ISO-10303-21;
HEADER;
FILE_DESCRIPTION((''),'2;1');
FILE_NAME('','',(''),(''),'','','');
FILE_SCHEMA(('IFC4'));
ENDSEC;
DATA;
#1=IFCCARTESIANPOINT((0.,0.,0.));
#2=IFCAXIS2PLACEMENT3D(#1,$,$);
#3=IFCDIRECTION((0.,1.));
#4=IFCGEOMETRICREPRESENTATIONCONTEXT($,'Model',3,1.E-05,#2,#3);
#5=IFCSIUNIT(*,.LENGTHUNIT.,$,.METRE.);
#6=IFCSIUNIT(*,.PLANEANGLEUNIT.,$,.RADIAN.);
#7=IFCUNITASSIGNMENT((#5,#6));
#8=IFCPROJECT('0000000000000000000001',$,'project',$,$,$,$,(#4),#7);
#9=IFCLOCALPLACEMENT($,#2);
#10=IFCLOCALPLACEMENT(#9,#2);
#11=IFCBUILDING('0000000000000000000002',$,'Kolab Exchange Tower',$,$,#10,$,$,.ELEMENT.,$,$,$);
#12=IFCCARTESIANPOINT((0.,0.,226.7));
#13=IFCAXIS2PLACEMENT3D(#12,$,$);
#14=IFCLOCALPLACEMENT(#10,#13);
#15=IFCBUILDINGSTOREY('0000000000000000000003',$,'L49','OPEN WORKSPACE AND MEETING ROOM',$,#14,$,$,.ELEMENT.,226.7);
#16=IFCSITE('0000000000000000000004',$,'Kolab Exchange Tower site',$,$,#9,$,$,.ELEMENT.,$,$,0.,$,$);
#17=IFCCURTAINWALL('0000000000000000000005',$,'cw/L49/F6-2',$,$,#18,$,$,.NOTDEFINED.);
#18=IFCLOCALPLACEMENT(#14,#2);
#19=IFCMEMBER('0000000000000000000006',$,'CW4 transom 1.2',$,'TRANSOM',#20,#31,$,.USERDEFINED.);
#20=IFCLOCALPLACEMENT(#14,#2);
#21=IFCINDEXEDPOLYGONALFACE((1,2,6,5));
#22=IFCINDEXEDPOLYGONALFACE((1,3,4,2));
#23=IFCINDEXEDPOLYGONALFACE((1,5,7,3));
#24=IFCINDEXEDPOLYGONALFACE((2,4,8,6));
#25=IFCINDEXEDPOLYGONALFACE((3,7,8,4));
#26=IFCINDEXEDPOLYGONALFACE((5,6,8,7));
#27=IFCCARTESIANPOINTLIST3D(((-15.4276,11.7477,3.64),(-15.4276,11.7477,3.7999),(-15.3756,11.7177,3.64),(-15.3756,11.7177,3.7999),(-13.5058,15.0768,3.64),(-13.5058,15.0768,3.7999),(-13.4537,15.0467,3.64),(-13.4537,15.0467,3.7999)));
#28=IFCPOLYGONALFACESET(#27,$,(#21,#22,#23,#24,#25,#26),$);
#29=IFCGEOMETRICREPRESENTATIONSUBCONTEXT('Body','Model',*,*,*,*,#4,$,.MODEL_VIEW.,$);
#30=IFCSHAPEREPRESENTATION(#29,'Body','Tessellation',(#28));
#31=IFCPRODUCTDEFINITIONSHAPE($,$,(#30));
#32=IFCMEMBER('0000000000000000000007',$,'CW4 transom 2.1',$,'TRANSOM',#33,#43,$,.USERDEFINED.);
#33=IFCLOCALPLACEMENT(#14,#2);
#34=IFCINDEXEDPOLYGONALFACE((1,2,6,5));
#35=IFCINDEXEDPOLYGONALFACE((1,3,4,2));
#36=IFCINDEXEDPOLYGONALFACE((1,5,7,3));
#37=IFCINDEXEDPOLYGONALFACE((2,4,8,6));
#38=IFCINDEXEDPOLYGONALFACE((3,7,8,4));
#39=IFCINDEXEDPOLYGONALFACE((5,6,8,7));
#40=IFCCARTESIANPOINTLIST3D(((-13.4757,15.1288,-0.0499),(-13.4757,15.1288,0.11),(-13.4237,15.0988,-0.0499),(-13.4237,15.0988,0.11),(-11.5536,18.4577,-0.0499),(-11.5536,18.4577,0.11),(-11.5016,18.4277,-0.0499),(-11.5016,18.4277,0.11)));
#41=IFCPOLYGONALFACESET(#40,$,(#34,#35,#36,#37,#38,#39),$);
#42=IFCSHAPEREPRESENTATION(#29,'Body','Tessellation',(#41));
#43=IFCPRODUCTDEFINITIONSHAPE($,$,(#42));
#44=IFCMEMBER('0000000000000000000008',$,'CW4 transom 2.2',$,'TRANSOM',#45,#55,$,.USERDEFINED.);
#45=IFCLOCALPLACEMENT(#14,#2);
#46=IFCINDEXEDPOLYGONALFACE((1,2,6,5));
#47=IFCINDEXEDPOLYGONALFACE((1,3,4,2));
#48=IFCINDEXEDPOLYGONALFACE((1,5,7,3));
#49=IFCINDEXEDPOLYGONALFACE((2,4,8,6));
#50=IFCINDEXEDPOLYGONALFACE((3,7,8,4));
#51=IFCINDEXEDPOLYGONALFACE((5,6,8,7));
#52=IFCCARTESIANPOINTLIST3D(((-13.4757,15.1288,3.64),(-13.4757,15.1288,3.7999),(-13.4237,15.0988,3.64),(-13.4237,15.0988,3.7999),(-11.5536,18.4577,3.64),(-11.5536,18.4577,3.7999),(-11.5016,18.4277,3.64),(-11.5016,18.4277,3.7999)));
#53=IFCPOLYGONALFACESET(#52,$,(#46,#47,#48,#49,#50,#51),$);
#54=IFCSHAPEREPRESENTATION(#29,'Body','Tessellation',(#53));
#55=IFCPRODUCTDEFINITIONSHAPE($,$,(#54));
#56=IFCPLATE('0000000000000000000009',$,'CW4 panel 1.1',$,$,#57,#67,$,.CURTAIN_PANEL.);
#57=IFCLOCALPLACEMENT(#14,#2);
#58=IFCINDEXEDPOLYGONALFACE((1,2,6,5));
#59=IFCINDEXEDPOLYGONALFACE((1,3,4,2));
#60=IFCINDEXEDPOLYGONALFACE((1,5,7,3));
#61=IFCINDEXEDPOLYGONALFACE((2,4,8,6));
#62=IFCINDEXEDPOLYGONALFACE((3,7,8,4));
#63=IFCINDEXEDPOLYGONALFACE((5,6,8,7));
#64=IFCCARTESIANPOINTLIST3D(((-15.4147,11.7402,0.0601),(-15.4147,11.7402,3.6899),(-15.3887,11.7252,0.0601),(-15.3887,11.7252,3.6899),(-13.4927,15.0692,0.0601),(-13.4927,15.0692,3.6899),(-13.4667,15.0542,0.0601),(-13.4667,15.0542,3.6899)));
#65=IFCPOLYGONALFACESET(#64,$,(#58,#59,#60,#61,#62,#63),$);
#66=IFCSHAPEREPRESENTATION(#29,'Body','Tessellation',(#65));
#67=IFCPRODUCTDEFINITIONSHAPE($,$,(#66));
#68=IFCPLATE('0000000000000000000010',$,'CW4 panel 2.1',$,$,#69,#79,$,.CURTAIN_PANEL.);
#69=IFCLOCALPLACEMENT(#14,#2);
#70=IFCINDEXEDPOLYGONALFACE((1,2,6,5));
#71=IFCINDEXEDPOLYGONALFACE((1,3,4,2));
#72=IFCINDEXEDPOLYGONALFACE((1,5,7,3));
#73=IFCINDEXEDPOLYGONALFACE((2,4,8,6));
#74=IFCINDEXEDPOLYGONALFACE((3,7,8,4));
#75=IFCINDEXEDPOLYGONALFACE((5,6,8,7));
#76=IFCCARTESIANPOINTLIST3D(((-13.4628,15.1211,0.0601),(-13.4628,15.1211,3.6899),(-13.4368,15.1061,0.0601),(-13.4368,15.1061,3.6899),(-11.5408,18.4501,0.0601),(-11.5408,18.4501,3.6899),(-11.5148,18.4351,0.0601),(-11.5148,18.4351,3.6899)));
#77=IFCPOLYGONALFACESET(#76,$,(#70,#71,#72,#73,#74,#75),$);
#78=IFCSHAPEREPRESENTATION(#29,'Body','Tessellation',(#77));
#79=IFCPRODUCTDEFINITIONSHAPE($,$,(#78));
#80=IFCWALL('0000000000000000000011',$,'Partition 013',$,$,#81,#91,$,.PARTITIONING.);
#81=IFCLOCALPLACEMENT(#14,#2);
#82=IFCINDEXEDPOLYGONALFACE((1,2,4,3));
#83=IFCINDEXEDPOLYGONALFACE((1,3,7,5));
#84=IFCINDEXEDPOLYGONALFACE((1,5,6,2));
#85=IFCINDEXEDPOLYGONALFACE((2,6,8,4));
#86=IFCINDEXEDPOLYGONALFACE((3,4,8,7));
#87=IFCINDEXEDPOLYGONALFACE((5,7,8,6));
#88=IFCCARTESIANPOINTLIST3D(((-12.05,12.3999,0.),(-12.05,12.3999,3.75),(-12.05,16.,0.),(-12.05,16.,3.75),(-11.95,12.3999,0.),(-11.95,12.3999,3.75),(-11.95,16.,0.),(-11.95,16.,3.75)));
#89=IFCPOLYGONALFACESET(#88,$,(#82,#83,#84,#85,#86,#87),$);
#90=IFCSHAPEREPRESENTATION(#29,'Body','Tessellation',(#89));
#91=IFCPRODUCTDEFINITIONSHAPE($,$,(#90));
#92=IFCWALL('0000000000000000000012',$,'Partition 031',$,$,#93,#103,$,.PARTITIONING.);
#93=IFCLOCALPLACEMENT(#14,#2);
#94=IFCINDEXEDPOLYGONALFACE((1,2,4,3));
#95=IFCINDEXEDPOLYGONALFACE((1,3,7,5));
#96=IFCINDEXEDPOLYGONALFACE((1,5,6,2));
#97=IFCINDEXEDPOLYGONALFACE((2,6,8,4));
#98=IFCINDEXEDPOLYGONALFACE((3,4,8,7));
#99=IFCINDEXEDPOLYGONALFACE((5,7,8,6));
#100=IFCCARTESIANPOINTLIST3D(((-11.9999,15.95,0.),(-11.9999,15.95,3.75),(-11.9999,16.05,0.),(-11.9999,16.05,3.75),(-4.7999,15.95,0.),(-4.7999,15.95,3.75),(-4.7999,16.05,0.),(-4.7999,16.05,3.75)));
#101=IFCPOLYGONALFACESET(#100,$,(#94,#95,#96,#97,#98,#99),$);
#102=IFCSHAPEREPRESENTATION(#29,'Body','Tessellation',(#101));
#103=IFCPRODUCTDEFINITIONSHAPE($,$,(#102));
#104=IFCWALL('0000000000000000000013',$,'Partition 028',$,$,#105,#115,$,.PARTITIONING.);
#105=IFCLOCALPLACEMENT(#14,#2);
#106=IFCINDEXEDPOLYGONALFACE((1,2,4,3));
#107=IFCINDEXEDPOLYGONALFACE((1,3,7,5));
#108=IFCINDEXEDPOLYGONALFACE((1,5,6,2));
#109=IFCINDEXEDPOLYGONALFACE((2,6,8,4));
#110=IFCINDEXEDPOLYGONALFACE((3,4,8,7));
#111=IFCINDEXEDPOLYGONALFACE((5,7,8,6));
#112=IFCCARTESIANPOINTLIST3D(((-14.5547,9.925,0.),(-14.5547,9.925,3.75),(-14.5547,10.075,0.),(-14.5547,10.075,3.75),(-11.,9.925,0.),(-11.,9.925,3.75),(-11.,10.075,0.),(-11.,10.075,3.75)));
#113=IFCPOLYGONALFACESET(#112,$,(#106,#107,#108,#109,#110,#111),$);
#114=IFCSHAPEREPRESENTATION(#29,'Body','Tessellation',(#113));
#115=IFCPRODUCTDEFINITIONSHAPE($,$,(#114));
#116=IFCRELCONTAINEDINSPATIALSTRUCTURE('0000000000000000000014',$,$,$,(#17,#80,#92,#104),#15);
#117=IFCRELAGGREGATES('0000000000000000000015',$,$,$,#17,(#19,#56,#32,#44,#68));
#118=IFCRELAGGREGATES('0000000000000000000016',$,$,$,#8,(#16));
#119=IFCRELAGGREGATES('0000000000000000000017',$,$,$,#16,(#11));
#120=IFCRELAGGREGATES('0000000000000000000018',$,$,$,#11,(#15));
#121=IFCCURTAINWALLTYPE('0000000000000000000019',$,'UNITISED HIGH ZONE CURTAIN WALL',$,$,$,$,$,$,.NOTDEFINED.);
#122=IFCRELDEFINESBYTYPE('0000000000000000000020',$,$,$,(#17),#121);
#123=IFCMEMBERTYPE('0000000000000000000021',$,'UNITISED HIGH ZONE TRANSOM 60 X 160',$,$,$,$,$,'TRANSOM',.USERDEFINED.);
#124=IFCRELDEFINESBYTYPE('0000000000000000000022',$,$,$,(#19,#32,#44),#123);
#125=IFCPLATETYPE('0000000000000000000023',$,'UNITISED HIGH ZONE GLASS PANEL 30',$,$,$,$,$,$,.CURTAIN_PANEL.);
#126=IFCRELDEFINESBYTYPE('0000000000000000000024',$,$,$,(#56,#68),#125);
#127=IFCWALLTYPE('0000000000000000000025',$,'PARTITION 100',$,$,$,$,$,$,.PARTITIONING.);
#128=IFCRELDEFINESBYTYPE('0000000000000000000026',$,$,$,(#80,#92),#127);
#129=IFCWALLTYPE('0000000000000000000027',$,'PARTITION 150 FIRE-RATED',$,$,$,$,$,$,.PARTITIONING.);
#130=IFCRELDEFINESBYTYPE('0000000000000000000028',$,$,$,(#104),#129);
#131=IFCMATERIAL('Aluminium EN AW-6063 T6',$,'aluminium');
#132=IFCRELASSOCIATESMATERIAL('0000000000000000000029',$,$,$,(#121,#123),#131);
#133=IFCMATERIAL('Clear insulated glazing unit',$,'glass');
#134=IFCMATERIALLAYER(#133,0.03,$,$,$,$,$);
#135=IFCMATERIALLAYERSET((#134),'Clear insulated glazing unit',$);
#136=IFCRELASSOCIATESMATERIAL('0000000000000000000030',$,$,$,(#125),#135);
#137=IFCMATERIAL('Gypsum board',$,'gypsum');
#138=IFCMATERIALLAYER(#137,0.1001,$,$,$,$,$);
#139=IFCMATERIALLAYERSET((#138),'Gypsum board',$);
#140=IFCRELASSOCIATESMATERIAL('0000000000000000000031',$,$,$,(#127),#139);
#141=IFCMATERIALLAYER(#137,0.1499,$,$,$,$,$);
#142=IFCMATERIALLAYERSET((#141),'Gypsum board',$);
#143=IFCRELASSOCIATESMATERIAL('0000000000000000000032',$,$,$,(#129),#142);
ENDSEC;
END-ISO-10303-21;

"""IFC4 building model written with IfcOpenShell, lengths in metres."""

from ifc_helpers import new_model, si_unit, direction, frame, frame_2d, origin, origin_2d, place, context, subcontext, project, spatial, rectangle, extrude, material, layer, layer_set, material_profile, profile_set, type_object, element, aggregate, save


model = new_model("IFC4")

# Units and contexts
model_context = context("Model", 3, precision=1e-05, world=origin(), true_north=direction((0.0, 1.0)))
body_context = subcontext(model_context, "Body", "Model", "MODEL_VIEW")
ifc_project = project(units=[si_unit("LENGTHUNIT", "METRE"), si_unit("PLANEANGLEUNIT", "RADIAN")], contexts=[model_context])

# Site, building, storey
site_placement = place(None, origin())
site = spatial("IfcSite", under=ifc_project, at=site_placement, Name="Kolab Exchange Tower site", CompositionType="ELEMENT", RefElevation=0.0)
building_placement = place(site_placement, origin())
building = spatial("IfcBuilding", under=site, at=building_placement, Name="Kolab Exchange Tower", CompositionType="ELEMENT")
storey_placement = place(building_placement, frame((0.0, 0.0, 226.7)))
storey = spatial("IfcBuildingStorey", under=building, at=storey_placement, Name="L49", Description="OPEN WORKSPACE AND MEETING ROOM", CompositionType="ELEMENT", Elevation=226.7)

# Curtain wall, members, plates
ifc_material_1 = material(Name="Aluminium EN AW-6063 T6", Category="aluminium")
curtain_wall_type = type_object("IfcCurtainWallType", Name="UNITISED HIGH ZONE CURTAIN WALL", PredefinedType="NOTDEFINED", material=ifc_material_1)
curtain_wall_placement = place(storey_placement, origin())
curtain_wall = element("IfcCurtainWall", 1, at=curtain_wall_placement, inside=storey, type_object=curtain_wall_type, Name="cw/L49/F6-2", PredefinedType="NOTDEFINED")
ifc_material_profile_1 = material_profile(ifc_material_1, rectangle(XDim=0.0601, YDim=0.1599, at=origin_2d()), Name="RECT 60X160")
ifc_profile_set_1 = profile_set([ifc_material_profile_1], Name="Aluminium EN AW-6063 T6")
member_type_1 = type_object("IfcMemberType", Name="UNITISED HIGH ZONE TRANSOM 60 X 160", ElementType="TRANSOM", PredefinedType="USERDEFINED", material=ifc_profile_set_1)
member_1_placement = place(storey_placement, frame((-15.4016, 11.7327, 3.72), z_axis=(0.499964, 0.866046, 0.0), x_axis=(-0.866046, 0.499964, 0.0)))
member_1 = element("IfcMember", 2, at=member_1_placement, type_object=member_type_1, Name="CW4 transom 1.2", ObjectType="TRANSOM", PredefinedType="USERDEFINED", context=body_context, shape_type="SweptSolid", body=[
    extrude(rectangle(XDim=0.0601, YDim=0.1599, at=origin_2d()), origin(), (0.0, 0.0, 1.0), 3.844),
])
member_2_placement = place(storey_placement, frame((-13.4497, 15.1138, 0.03), z_axis=(0.500039, 0.866003, 0.0), x_axis=(-0.866003, 0.500039, 0.0)))
member_2 = element("IfcMember", 3, at=member_2_placement, type_object=member_type_1, Name="CW4 transom 2.1", ObjectType="TRANSOM", PredefinedType="USERDEFINED", context=body_context, shape_type="SweptSolid", body=[
    extrude(rectangle(XDim=0.0601, YDim=0.1599, at=origin_2d()), origin(), (0.0, 0.0, 1.0), 3.844),
])
member_3_placement = place(storey_placement, frame((-13.4497, 15.1138, 3.72), z_axis=(0.500039, 0.866003, 0.0), x_axis=(-0.866003, 0.500039, 0.0)))
member_3 = element("IfcMember", 4, at=member_3_placement, type_object=member_type_1, Name="CW4 transom 2.2", ObjectType="TRANSOM", PredefinedType="USERDEFINED", context=body_context, shape_type="SweptSolid", body=[
    extrude(rectangle(XDim=0.0601, YDim=0.1599, at=origin_2d()), origin(), (0.0, 0.0, 1.0), 3.844),
])
ifc_material_2 = material(Name="Clear insulated glazing unit", Category="glass")
ifc_layer_1 = layer(ifc_material_2, 0.03)
ifc_layer_set_1 = layer_set([ifc_layer_1], Name="Clear insulated glazing unit")
plate_type = type_object("IfcPlateType", Name="UNITISED HIGH ZONE GLASS PANEL 30", PredefinedType="CURTAIN_PANEL", material=ifc_layer_set_1)
plate_1_placement = place(storey_placement, frame((-14.4407, 13.3972, 0.0601), z_axis=(0.0, 0.0, 1.0), x_axis=(0.5, 0.866025, 0.0)))
plate_1 = element("IfcPlate", 5, at=plate_1_placement, type_object=plate_type, Name="CW4 panel 1.1", PredefinedType="CURTAIN_PANEL", context=body_context, shape_type="SweptSolid", body=[
    extrude(rectangle(XDim=3.844, YDim=0.03, at=origin_2d()), origin(), (0.0, 0.0, 1.0), 3.6299),
])
plate_2_placement = place(storey_placement, frame((-12.4888, 16.7781, 0.0601), z_axis=(0.0, 0.0, 1.0), x_axis=(0.5, 0.866025, 0.0)))
plate_2 = element("IfcPlate", 6, at=plate_2_placement, type_object=plate_type, Name="CW4 panel 2.1", PredefinedType="CURTAIN_PANEL", context=body_context, shape_type="SweptSolid", body=[
    extrude(rectangle(XDim=3.844, YDim=0.03, at=origin_2d()), origin(), (0.0, 0.0, 1.0), 3.6299),
])
aggregate(curtain_wall, [member_1, plate_1, member_2, member_3, plate_2])

# Walls
ifc_material_3 = material(Name="Gypsum board", Category="gypsum")
ifc_layer_2 = layer(ifc_material_3, 0.1001)
ifc_layer_set_2 = layer_set([ifc_layer_2], Name="Gypsum board")
wall_type_1 = type_object("IfcWallType", Name="PARTITION 100", PredefinedType="PARTITIONING", material=ifc_layer_set_2)
wall_1_placement = place(storey_placement, frame((-12.0, 12.3999, 0.0), z_axis=(0.0, 0.0, 1.0), x_axis=(0.0, 1.0, 0.0)))
element("IfcWall", 7, at=wall_1_placement, inside=storey, type_object=wall_type_1, Name="Partition 013", PredefinedType="PARTITIONING", context=body_context, shape_type="SweptSolid", body=[
    extrude(rectangle(XDim=3.6001, YDim=0.1001, at=frame_2d((1.8, 0.0))), origin(), (0.0, 0.0, 1.0), 3.75),
])
wall_2_placement = place(storey_placement, frame((-12.0, 16.0, 0.0), z_axis=(0.0, 0.0, 1.0), x_axis=(1.0, 0.0, 0.0)))
element("IfcWall", 8, at=wall_2_placement, inside=storey, type_object=wall_type_1, Name="Partition 031", PredefinedType="PARTITIONING", context=body_context, shape_type="SweptSolid", body=[
    extrude(rectangle(XDim=7.2, YDim=0.1001, at=frame_2d((3.6001, 0.0))), origin(), (0.0, 0.0, 1.0), 3.75),
])
ifc_layer_3 = layer(ifc_material_3, 0.1499)
ifc_layer_set_3 = layer_set([ifc_layer_3], Name="Gypsum board")
wall_type_2 = type_object("IfcWallType", Name="PARTITION 150 FIRE-RATED", PredefinedType="PARTITIONING", material=ifc_layer_set_3)
wall_3_placement = place(storey_placement, frame((-14.5547, 10.0, 0.0), z_axis=(0.0, 0.0, 1.0), x_axis=(1.0, 0.0, 0.0)))
element("IfcWall", 9, at=wall_3_placement, inside=storey, type_object=wall_type_2, Name="Partition 028", PredefinedType="PARTITIONING", context=body_context, shape_type="SweptSolid", body=[
    extrude(rectangle(XDim=3.5547, YDim=0.1499, at=frame_2d((1.7773, 0.0))), origin(), (0.0, 0.0, 1.0), 3.75),
])

save(model, "model.ifc")
